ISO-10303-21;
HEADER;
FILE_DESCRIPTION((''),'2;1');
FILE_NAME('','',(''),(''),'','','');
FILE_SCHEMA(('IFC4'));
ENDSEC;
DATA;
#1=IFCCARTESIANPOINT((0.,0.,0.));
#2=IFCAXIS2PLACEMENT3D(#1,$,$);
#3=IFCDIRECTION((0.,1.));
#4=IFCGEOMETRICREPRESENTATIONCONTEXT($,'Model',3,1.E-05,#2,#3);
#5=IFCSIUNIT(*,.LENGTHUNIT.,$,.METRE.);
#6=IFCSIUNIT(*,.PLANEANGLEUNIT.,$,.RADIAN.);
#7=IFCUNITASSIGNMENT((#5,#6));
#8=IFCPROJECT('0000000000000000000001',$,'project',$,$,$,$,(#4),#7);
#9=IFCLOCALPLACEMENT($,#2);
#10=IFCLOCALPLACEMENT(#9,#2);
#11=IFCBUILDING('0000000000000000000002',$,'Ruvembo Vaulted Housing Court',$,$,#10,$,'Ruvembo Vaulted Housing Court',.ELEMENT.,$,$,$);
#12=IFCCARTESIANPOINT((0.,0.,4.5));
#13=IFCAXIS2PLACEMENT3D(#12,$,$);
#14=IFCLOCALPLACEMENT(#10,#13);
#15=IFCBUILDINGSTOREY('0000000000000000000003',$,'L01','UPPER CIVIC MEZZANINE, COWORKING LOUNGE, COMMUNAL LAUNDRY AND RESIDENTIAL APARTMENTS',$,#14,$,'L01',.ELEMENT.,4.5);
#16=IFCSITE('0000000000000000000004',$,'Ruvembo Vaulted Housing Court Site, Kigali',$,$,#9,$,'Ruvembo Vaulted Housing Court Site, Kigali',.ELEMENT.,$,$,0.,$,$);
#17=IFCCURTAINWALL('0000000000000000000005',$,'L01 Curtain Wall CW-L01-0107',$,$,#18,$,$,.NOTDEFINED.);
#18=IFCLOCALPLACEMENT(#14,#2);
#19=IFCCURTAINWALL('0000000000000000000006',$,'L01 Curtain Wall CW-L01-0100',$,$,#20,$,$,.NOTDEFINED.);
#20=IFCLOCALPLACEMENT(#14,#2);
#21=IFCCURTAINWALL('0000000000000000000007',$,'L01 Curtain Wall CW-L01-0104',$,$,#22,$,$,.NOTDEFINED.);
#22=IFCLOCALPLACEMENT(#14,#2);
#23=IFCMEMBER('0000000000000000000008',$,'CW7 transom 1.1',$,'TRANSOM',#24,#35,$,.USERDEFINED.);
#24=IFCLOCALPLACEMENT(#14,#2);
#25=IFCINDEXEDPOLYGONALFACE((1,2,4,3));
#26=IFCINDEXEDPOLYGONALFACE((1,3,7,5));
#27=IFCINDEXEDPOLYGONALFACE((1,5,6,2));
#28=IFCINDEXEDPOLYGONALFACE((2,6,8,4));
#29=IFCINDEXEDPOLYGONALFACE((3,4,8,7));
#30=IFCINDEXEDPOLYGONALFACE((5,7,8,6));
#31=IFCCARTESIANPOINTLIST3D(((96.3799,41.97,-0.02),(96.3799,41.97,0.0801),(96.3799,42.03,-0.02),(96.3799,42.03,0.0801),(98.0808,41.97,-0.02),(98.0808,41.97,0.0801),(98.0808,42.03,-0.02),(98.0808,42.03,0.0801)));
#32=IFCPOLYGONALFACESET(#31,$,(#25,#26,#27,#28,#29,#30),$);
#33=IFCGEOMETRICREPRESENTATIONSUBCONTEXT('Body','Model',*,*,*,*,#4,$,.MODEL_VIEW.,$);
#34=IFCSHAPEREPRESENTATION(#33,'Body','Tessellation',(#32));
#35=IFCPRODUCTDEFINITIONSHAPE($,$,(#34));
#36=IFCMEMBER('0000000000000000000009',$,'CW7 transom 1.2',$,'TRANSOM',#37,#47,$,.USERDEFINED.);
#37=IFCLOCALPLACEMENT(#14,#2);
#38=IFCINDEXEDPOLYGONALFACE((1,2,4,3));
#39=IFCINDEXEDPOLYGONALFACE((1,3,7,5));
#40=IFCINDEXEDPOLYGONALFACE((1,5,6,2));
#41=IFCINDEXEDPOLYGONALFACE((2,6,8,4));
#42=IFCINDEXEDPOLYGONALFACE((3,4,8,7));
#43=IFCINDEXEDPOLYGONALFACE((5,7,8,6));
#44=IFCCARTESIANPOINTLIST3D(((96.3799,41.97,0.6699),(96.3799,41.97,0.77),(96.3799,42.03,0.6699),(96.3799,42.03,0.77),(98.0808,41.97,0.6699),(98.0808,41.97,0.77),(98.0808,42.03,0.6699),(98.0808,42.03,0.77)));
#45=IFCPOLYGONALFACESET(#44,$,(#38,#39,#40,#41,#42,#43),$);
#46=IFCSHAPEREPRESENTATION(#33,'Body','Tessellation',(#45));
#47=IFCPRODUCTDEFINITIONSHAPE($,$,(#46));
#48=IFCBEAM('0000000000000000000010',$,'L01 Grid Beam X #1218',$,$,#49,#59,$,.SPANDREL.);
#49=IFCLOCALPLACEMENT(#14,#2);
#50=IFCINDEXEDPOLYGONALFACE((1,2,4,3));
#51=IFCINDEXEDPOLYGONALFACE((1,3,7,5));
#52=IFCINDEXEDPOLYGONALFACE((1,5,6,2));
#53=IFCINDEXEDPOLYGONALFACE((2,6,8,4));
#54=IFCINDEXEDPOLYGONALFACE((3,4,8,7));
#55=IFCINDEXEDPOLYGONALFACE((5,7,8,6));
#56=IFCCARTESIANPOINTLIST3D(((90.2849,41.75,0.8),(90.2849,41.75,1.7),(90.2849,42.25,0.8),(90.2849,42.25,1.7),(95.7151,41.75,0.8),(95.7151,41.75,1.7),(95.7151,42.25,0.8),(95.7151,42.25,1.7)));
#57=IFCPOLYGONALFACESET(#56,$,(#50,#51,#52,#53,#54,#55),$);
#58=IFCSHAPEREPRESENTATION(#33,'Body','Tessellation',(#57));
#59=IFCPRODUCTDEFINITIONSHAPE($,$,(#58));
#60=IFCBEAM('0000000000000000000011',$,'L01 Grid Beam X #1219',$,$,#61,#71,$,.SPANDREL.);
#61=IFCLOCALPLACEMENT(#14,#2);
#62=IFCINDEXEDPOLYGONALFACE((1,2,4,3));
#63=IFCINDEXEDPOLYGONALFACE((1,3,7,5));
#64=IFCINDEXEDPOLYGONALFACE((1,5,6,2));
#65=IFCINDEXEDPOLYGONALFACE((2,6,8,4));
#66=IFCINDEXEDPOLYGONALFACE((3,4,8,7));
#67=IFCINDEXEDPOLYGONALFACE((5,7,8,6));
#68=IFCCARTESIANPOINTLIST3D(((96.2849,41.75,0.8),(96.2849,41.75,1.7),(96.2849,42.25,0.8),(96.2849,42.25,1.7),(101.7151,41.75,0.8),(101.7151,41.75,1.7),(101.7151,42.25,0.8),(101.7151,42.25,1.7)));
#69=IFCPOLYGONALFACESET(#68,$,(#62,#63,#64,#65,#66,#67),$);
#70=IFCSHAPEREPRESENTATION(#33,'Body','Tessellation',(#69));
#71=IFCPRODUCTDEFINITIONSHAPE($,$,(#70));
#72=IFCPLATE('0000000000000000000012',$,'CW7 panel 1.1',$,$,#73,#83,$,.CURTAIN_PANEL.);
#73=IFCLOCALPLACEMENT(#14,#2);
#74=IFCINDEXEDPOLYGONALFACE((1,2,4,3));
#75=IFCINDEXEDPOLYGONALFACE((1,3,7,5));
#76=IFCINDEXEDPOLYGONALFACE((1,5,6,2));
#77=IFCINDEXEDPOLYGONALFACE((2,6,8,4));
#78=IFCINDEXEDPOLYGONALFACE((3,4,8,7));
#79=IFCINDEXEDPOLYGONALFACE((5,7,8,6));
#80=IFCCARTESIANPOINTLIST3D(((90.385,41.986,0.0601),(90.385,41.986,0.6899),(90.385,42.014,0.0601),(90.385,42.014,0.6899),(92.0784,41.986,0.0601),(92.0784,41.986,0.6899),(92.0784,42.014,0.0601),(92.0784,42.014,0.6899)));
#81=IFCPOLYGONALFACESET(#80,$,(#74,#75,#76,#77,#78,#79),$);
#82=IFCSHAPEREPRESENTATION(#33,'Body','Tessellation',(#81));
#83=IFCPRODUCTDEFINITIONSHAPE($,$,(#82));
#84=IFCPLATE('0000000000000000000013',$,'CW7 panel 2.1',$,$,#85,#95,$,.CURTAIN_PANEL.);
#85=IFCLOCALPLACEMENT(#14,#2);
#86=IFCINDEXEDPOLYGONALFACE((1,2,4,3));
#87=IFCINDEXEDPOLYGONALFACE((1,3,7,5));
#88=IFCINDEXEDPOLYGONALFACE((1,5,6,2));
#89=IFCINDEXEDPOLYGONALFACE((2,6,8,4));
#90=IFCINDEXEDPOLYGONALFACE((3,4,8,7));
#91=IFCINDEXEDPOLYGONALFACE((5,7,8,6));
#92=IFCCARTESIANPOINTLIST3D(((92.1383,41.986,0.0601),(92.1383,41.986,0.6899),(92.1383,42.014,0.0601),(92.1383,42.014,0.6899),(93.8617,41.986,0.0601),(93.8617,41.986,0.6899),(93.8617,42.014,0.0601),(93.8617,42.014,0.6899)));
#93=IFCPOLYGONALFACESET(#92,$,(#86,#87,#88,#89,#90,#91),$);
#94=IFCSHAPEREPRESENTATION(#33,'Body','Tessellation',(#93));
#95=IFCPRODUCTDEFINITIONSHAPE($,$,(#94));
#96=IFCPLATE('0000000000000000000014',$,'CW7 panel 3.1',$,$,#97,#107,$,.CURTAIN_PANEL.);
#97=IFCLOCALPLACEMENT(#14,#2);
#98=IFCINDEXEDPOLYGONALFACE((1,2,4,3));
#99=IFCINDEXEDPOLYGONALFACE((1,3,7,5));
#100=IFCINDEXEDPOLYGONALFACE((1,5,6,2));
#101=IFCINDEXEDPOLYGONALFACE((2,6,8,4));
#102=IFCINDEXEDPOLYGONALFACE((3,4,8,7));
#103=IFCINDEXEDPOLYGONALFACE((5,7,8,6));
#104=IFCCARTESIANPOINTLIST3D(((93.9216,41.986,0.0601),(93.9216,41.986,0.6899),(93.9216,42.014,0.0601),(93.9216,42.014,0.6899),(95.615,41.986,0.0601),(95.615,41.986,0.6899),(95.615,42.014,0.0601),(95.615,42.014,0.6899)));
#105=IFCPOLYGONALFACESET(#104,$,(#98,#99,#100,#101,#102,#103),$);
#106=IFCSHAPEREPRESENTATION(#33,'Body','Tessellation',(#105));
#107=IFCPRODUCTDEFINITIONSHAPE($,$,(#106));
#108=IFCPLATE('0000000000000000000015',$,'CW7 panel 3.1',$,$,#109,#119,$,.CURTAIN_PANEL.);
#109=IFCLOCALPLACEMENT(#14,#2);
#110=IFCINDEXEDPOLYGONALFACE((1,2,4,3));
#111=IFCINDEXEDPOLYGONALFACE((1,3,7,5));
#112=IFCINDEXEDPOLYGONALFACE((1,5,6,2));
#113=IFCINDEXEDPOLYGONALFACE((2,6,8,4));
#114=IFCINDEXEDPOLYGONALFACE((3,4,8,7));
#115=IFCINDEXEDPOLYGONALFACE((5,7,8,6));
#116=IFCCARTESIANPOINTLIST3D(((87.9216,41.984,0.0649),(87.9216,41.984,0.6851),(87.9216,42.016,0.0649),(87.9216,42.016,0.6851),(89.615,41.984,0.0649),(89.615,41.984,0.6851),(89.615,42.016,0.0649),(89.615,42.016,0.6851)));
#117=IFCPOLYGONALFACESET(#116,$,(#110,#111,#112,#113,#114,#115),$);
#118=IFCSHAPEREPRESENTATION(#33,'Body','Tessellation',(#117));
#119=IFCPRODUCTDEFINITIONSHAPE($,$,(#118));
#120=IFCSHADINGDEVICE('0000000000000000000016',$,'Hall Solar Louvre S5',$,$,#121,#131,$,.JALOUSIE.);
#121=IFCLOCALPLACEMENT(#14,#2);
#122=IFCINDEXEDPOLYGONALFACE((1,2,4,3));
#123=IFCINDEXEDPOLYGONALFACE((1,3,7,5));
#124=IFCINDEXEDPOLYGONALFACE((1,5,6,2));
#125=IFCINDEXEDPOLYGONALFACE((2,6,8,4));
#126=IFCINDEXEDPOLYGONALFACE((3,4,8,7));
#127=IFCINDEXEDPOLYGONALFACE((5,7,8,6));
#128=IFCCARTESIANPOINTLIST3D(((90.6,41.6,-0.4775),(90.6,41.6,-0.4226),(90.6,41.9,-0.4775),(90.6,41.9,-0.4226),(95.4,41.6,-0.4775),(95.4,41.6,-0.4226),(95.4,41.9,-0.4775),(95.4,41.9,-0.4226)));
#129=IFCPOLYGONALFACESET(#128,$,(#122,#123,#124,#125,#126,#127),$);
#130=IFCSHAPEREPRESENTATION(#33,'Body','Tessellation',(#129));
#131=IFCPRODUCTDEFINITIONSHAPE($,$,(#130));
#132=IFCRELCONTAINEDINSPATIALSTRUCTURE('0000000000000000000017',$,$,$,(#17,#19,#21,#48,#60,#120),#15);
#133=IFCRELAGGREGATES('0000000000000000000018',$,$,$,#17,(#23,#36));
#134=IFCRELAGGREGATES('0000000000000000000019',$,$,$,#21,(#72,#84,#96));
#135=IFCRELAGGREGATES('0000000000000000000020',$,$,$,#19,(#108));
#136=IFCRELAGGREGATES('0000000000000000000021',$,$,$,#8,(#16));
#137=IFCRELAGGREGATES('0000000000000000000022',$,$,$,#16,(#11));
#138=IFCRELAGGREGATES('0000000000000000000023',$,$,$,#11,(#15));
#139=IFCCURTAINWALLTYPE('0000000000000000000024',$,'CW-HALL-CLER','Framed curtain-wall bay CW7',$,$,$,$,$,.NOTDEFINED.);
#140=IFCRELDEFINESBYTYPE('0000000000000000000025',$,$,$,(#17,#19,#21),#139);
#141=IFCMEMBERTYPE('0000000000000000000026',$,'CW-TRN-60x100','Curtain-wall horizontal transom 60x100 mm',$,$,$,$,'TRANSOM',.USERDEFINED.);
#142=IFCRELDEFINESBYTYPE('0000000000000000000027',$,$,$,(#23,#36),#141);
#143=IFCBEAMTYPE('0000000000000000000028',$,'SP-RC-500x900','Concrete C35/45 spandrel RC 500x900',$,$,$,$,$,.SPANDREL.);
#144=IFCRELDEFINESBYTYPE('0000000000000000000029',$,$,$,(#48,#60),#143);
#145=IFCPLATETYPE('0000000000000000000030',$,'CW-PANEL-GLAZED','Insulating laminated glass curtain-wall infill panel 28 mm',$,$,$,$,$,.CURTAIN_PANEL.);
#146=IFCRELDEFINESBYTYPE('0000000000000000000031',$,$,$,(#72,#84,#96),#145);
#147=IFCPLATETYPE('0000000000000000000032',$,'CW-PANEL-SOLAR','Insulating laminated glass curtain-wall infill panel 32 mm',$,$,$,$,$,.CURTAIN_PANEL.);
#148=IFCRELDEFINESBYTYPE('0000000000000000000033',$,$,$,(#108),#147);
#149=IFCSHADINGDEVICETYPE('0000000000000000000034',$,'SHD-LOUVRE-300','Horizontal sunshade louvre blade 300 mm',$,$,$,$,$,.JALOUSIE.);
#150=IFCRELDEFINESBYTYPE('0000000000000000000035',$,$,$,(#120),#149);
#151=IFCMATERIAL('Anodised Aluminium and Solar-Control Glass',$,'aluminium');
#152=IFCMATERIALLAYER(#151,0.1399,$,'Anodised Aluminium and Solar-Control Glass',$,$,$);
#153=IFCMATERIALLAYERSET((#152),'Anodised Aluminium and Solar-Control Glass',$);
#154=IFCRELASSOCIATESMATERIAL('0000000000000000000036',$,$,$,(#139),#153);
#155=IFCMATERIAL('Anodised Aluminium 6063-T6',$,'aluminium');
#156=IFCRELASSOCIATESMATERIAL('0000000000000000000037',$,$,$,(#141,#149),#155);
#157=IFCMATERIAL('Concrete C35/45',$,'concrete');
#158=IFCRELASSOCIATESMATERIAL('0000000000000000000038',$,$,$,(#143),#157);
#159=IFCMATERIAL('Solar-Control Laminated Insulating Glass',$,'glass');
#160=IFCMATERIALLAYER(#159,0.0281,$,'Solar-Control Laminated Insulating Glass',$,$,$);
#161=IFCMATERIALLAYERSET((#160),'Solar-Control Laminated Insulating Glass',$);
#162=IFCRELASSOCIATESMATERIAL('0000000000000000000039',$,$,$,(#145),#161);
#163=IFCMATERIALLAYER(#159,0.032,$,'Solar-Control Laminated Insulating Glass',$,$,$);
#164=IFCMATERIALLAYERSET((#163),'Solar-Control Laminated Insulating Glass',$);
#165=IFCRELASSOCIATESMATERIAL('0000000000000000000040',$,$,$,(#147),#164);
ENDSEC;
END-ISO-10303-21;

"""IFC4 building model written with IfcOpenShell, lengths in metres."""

from ifc_helpers import new_model, si_unit, direction, frame, origin, origin_2d, place, context, subcontext, project, spatial, rectangle, extrude, material, layer, layer_set, material_profile, profile_set, type_object, element, aggregate, save


model = new_model("IFC4")

# Units and contexts
model_context = context("Model", 3, precision=1e-05, world=origin(), true_north=direction((0.0, 1.0)))
body_context = subcontext(model_context, "Body", "Model", "MODEL_VIEW")
ifc_project = project(units=[si_unit("LENGTHUNIT", "METRE"), si_unit("PLANEANGLEUNIT", "RADIAN")], contexts=[model_context])

# Site, building, storey
site_placement = place(None, origin())
site = spatial("IfcSite", under=ifc_project, at=site_placement, Name="Ruvembo Vaulted Housing Court Site, Kigali", LongName="Ruvembo Vaulted Housing Court Site, Kigali", CompositionType="ELEMENT", RefElevation=0.0)
building_placement = place(site_placement, origin())
building = spatial("IfcBuilding", under=site, at=building_placement, Name="Ruvembo Vaulted Housing Court", LongName="Ruvembo Vaulted Housing Court", CompositionType="ELEMENT")
storey_placement = place(building_placement, frame((0.0, 0.0, 4.5)))
storey = spatial("IfcBuildingStorey", under=building, at=storey_placement, Name="L01", Description="UPPER CIVIC MEZZANINE, COWORKING LOUNGE, COMMUNAL LAUNDRY AND RESIDENTIAL APARTMENTS", LongName="L01", CompositionType="ELEMENT", Elevation=4.5)

# Curtain walls
ifc_material_1 = material(Name="Anodised Aluminium and Solar-Control Glass", Category="aluminium")
ifc_layer_1 = layer(ifc_material_1, 0.1399, Name="Anodised Aluminium and Solar-Control Glass")
ifc_layer_set_1 = layer_set([ifc_layer_1], Name="Anodised Aluminium and Solar-Control Glass")
curtain_wall_type = type_object("IfcCurtainWallType", Name="CW-HALL-CLER", Description="Framed curtain-wall bay CW7", PredefinedType="NOTDEFINED", material=ifc_layer_set_1)
curtain_wall_1_placement = place(storey_placement, origin())
curtain_wall_1 = element("IfcCurtainWall", 1, at=curtain_wall_1_placement, inside=storey, type_object=curtain_wall_type, Name="L01 Curtain Wall CW-L01-0107", PredefinedType="NOTDEFINED")
ifc_material_2 = material(Name="Anodised Aluminium 6063-T6", Category="aluminium")
curtain_wall_2_placement = place(storey_placement, origin())
curtain_wall_2 = element("IfcCurtainWall", 2, at=curtain_wall_2_placement, inside=storey, type_object=curtain_wall_type, Name="L01 Curtain Wall CW-L01-0100", PredefinedType="NOTDEFINED")

# Curtain wall
curtain_wall_3_placement = place(storey_placement, origin())
curtain_wall_3 = element("IfcCurtainWall", 3, at=curtain_wall_3_placement, inside=storey, type_object=curtain_wall_type, Name="L01 Curtain Wall CW-L01-0104", PredefinedType="NOTDEFINED")
ifc_material_profile_1 = material_profile(ifc_material_2, rectangle(XDim=0.0601, YDim=0.1001, at=origin_2d()), Name="ALU 60x100")
ifc_profile_set_1 = profile_set([ifc_material_profile_1], Name="Anodised Aluminium 6063-T6")
member_type_1 = type_object("IfcMemberType", Name="CW-TRN-60x100", Description="Curtain-wall horizontal transom 60x100 mm", ElementType="TRANSOM", PredefinedType="USERDEFINED", material=ifc_profile_set_1)

# Members
member_1_placement = place(storey_placement, frame((96.3799, 42.0, 0.03), z_axis=(1.0, 0.0, 0.0), x_axis=(0.0, 1.0, 0.0)))
member_1 = element("IfcMember", 4, at=member_1_placement, type_object=member_type_1, Name="CW7 transom 1.1", ObjectType="TRANSOM", PredefinedType="USERDEFINED", context=body_context, shape_type="SweptSolid", body=[
    extrude(rectangle(XDim=0.0601, YDim=0.1001, at=origin_2d()), origin(), (0.0, 0.0, 1.0), 1.7009),
])
member_2_placement = place(storey_placement, frame((96.3799, 42.0, 0.72), z_axis=(1.0, 0.0, 0.0), x_axis=(0.0, 1.0, 0.0)))
member_2 = element("IfcMember", 5, at=member_2_placement, type_object=member_type_1, Name="CW7 transom 1.2", ObjectType="TRANSOM", PredefinedType="USERDEFINED", context=body_context, shape_type="SweptSolid", body=[
    extrude(rectangle(XDim=0.0601, YDim=0.1001, at=origin_2d()), origin(), (0.0, 0.0, 1.0), 1.7009),
])
aggregate(curtain_wall_1, [member_1, member_2])

# Beams
ifc_material_3 = material(Name="Concrete C35/45", Category="concrete")
ifc_material_profile_2 = material_profile(ifc_material_3, rectangle(XDim=0.5, YDim=0.8999, at=origin_2d()), Name="RC 500x900")
ifc_profile_set_2 = profile_set([ifc_material_profile_2], Name="Concrete C35/45")
beam_type = type_object("IfcBeamType", Name="SP-RC-500x900", Description="Concrete C35/45 spandrel RC 500x900", PredefinedType="SPANDREL", material=ifc_profile_set_2)
for number, where, z_axis, x_axis, name in (
    (6, (90.2849, 42.0, 1.25), (1.0, 0.0, 0.0), (0.0, 1.0, 0.0), "L01 Grid Beam X #1218"),
    (7, (96.2849, 42.0, 1.25), (1.0, 0.0, 0.0), (0.0, 1.0, 0.0), "L01 Grid Beam X #1219"),
):
    element("IfcBeam", number, at=place(storey_placement, frame(where, z_axis=z_axis, x_axis=x_axis)), inside=storey, type_object=beam_type, Name=name, PredefinedType="SPANDREL", context=body_context, shape_type="SweptSolid", body=[
        extrude(rectangle(XDim=0.5, YDim=0.8999, at=origin_2d()), origin(), (0.0, 0.0, 1.0), 5.4302),
    ])

# Plates
ifc_material_4 = material(Name="Solar-Control Laminated Insulating Glass", Category="glass")
ifc_layer_2 = layer(ifc_material_4, 0.0281, Name="Solar-Control Laminated Insulating Glass")
ifc_layer_set_2 = layer_set([ifc_layer_2], Name="Solar-Control Laminated Insulating Glass")
plate_type_1 = type_object("IfcPlateType", Name="CW-PANEL-GLAZED", Description="Insulating laminated glass curtain-wall infill panel 28 mm", PredefinedType="CURTAIN_PANEL", material=ifc_layer_set_2)
plate_1_placement = place(storey_placement, frame((91.2317, 42.0, 0.0601), z_axis=(0.0, 0.0, 1.0), x_axis=(1.0, 0.0, 0.0)))
plate_1 = element("IfcPlate", 8, at=plate_1_placement, type_object=plate_type_1, Name="CW7 panel 1.1", PredefinedType="CURTAIN_PANEL", context=body_context, shape_type="SweptSolid", body=[
    extrude(rectangle(XDim=1.6934, YDim=0.0281, at=origin_2d()), origin(), (0.0, 0.0, 1.0), 0.6299),
])
plate_2_placement = place(storey_placement, frame((93.0, 42.0, 0.0601), z_axis=(0.0, 0.0, 1.0), x_axis=(1.0, 0.0, 0.0)))
plate_2 = element("IfcPlate", 9, at=plate_2_placement, type_object=plate_type_1, Name="CW7 panel 2.1", PredefinedType="CURTAIN_PANEL", context=body_context, shape_type="SweptSolid", body=[
    extrude(rectangle(XDim=1.7234, YDim=0.0281, at=origin_2d()), origin(), (0.0, 0.0, 1.0), 0.6299),
])
plate_3_placement = place(storey_placement, frame((94.7683, 42.0, 0.0601), z_axis=(0.0, 0.0, 1.0), x_axis=(1.0, 0.0, 0.0)))
plate_3 = element("IfcPlate", 10, at=plate_3_placement, type_object=plate_type_1, Name="CW7 panel 3.1", PredefinedType="CURTAIN_PANEL", context=body_context, shape_type="SweptSolid", body=[
    extrude(rectangle(XDim=1.6934, YDim=0.0281, at=origin_2d()), origin(), (0.0, 0.0, 1.0), 0.6299),
])
aggregate(curtain_wall_3, [plate_1, plate_2, plate_3])
ifc_layer_3 = layer(ifc_material_4, 0.032, Name="Solar-Control Laminated Insulating Glass")
ifc_layer_set_3 = layer_set([ifc_layer_3], Name="Solar-Control Laminated Insulating Glass")
plate_type_2 = type_object("IfcPlateType", Name="CW-PANEL-SOLAR", Description="Insulating laminated glass curtain-wall infill panel 32 mm", PredefinedType="CURTAIN_PANEL", material=ifc_layer_set_3)
plate_4_placement = place(storey_placement, frame((88.7683, 42.0, 0.0649), z_axis=(0.0, 0.0, 1.0), x_axis=(1.0, 0.0, 0.0)))
plate_4 = element("IfcPlate", 11, at=plate_4_placement, type_object=plate_type_2, Name="CW7 panel 3.1", PredefinedType="CURTAIN_PANEL", context=body_context, shape_type="SweptSolid", body=[
    extrude(rectangle(XDim=1.6934, YDim=0.032, at=origin_2d()), origin(), (0.0, 0.0, 1.0), 0.6201),
])
aggregate(curtain_wall_2, [plate_4])

# Shading device
shading_device_type = type_object("IfcShadingDeviceType", Name="SHD-LOUVRE-300", Description="Horizontal sunshade louvre blade 300 mm", PredefinedType="JALOUSIE", material=ifc_material_2)
shading_device_placement = place(storey_placement, frame((93.0, 41.75, -0.4775), z_axis=(0.0, 0.0, 1.0), x_axis=(1.0, 0.0, 0.0)))
element("IfcShadingDevice", 12, at=shading_device_placement, inside=storey, type_object=shading_device_type, Name="Hall Solar Louvre S5", PredefinedType="JALOUSIE", context=body_context, shape_type="SweptSolid", body=[
    extrude(rectangle(XDim=4.8, YDim=0.3, at=origin_2d()), origin(), (0.0, 0.0, 1.0), 0.0549),
])

save(model, "model.ifc")
